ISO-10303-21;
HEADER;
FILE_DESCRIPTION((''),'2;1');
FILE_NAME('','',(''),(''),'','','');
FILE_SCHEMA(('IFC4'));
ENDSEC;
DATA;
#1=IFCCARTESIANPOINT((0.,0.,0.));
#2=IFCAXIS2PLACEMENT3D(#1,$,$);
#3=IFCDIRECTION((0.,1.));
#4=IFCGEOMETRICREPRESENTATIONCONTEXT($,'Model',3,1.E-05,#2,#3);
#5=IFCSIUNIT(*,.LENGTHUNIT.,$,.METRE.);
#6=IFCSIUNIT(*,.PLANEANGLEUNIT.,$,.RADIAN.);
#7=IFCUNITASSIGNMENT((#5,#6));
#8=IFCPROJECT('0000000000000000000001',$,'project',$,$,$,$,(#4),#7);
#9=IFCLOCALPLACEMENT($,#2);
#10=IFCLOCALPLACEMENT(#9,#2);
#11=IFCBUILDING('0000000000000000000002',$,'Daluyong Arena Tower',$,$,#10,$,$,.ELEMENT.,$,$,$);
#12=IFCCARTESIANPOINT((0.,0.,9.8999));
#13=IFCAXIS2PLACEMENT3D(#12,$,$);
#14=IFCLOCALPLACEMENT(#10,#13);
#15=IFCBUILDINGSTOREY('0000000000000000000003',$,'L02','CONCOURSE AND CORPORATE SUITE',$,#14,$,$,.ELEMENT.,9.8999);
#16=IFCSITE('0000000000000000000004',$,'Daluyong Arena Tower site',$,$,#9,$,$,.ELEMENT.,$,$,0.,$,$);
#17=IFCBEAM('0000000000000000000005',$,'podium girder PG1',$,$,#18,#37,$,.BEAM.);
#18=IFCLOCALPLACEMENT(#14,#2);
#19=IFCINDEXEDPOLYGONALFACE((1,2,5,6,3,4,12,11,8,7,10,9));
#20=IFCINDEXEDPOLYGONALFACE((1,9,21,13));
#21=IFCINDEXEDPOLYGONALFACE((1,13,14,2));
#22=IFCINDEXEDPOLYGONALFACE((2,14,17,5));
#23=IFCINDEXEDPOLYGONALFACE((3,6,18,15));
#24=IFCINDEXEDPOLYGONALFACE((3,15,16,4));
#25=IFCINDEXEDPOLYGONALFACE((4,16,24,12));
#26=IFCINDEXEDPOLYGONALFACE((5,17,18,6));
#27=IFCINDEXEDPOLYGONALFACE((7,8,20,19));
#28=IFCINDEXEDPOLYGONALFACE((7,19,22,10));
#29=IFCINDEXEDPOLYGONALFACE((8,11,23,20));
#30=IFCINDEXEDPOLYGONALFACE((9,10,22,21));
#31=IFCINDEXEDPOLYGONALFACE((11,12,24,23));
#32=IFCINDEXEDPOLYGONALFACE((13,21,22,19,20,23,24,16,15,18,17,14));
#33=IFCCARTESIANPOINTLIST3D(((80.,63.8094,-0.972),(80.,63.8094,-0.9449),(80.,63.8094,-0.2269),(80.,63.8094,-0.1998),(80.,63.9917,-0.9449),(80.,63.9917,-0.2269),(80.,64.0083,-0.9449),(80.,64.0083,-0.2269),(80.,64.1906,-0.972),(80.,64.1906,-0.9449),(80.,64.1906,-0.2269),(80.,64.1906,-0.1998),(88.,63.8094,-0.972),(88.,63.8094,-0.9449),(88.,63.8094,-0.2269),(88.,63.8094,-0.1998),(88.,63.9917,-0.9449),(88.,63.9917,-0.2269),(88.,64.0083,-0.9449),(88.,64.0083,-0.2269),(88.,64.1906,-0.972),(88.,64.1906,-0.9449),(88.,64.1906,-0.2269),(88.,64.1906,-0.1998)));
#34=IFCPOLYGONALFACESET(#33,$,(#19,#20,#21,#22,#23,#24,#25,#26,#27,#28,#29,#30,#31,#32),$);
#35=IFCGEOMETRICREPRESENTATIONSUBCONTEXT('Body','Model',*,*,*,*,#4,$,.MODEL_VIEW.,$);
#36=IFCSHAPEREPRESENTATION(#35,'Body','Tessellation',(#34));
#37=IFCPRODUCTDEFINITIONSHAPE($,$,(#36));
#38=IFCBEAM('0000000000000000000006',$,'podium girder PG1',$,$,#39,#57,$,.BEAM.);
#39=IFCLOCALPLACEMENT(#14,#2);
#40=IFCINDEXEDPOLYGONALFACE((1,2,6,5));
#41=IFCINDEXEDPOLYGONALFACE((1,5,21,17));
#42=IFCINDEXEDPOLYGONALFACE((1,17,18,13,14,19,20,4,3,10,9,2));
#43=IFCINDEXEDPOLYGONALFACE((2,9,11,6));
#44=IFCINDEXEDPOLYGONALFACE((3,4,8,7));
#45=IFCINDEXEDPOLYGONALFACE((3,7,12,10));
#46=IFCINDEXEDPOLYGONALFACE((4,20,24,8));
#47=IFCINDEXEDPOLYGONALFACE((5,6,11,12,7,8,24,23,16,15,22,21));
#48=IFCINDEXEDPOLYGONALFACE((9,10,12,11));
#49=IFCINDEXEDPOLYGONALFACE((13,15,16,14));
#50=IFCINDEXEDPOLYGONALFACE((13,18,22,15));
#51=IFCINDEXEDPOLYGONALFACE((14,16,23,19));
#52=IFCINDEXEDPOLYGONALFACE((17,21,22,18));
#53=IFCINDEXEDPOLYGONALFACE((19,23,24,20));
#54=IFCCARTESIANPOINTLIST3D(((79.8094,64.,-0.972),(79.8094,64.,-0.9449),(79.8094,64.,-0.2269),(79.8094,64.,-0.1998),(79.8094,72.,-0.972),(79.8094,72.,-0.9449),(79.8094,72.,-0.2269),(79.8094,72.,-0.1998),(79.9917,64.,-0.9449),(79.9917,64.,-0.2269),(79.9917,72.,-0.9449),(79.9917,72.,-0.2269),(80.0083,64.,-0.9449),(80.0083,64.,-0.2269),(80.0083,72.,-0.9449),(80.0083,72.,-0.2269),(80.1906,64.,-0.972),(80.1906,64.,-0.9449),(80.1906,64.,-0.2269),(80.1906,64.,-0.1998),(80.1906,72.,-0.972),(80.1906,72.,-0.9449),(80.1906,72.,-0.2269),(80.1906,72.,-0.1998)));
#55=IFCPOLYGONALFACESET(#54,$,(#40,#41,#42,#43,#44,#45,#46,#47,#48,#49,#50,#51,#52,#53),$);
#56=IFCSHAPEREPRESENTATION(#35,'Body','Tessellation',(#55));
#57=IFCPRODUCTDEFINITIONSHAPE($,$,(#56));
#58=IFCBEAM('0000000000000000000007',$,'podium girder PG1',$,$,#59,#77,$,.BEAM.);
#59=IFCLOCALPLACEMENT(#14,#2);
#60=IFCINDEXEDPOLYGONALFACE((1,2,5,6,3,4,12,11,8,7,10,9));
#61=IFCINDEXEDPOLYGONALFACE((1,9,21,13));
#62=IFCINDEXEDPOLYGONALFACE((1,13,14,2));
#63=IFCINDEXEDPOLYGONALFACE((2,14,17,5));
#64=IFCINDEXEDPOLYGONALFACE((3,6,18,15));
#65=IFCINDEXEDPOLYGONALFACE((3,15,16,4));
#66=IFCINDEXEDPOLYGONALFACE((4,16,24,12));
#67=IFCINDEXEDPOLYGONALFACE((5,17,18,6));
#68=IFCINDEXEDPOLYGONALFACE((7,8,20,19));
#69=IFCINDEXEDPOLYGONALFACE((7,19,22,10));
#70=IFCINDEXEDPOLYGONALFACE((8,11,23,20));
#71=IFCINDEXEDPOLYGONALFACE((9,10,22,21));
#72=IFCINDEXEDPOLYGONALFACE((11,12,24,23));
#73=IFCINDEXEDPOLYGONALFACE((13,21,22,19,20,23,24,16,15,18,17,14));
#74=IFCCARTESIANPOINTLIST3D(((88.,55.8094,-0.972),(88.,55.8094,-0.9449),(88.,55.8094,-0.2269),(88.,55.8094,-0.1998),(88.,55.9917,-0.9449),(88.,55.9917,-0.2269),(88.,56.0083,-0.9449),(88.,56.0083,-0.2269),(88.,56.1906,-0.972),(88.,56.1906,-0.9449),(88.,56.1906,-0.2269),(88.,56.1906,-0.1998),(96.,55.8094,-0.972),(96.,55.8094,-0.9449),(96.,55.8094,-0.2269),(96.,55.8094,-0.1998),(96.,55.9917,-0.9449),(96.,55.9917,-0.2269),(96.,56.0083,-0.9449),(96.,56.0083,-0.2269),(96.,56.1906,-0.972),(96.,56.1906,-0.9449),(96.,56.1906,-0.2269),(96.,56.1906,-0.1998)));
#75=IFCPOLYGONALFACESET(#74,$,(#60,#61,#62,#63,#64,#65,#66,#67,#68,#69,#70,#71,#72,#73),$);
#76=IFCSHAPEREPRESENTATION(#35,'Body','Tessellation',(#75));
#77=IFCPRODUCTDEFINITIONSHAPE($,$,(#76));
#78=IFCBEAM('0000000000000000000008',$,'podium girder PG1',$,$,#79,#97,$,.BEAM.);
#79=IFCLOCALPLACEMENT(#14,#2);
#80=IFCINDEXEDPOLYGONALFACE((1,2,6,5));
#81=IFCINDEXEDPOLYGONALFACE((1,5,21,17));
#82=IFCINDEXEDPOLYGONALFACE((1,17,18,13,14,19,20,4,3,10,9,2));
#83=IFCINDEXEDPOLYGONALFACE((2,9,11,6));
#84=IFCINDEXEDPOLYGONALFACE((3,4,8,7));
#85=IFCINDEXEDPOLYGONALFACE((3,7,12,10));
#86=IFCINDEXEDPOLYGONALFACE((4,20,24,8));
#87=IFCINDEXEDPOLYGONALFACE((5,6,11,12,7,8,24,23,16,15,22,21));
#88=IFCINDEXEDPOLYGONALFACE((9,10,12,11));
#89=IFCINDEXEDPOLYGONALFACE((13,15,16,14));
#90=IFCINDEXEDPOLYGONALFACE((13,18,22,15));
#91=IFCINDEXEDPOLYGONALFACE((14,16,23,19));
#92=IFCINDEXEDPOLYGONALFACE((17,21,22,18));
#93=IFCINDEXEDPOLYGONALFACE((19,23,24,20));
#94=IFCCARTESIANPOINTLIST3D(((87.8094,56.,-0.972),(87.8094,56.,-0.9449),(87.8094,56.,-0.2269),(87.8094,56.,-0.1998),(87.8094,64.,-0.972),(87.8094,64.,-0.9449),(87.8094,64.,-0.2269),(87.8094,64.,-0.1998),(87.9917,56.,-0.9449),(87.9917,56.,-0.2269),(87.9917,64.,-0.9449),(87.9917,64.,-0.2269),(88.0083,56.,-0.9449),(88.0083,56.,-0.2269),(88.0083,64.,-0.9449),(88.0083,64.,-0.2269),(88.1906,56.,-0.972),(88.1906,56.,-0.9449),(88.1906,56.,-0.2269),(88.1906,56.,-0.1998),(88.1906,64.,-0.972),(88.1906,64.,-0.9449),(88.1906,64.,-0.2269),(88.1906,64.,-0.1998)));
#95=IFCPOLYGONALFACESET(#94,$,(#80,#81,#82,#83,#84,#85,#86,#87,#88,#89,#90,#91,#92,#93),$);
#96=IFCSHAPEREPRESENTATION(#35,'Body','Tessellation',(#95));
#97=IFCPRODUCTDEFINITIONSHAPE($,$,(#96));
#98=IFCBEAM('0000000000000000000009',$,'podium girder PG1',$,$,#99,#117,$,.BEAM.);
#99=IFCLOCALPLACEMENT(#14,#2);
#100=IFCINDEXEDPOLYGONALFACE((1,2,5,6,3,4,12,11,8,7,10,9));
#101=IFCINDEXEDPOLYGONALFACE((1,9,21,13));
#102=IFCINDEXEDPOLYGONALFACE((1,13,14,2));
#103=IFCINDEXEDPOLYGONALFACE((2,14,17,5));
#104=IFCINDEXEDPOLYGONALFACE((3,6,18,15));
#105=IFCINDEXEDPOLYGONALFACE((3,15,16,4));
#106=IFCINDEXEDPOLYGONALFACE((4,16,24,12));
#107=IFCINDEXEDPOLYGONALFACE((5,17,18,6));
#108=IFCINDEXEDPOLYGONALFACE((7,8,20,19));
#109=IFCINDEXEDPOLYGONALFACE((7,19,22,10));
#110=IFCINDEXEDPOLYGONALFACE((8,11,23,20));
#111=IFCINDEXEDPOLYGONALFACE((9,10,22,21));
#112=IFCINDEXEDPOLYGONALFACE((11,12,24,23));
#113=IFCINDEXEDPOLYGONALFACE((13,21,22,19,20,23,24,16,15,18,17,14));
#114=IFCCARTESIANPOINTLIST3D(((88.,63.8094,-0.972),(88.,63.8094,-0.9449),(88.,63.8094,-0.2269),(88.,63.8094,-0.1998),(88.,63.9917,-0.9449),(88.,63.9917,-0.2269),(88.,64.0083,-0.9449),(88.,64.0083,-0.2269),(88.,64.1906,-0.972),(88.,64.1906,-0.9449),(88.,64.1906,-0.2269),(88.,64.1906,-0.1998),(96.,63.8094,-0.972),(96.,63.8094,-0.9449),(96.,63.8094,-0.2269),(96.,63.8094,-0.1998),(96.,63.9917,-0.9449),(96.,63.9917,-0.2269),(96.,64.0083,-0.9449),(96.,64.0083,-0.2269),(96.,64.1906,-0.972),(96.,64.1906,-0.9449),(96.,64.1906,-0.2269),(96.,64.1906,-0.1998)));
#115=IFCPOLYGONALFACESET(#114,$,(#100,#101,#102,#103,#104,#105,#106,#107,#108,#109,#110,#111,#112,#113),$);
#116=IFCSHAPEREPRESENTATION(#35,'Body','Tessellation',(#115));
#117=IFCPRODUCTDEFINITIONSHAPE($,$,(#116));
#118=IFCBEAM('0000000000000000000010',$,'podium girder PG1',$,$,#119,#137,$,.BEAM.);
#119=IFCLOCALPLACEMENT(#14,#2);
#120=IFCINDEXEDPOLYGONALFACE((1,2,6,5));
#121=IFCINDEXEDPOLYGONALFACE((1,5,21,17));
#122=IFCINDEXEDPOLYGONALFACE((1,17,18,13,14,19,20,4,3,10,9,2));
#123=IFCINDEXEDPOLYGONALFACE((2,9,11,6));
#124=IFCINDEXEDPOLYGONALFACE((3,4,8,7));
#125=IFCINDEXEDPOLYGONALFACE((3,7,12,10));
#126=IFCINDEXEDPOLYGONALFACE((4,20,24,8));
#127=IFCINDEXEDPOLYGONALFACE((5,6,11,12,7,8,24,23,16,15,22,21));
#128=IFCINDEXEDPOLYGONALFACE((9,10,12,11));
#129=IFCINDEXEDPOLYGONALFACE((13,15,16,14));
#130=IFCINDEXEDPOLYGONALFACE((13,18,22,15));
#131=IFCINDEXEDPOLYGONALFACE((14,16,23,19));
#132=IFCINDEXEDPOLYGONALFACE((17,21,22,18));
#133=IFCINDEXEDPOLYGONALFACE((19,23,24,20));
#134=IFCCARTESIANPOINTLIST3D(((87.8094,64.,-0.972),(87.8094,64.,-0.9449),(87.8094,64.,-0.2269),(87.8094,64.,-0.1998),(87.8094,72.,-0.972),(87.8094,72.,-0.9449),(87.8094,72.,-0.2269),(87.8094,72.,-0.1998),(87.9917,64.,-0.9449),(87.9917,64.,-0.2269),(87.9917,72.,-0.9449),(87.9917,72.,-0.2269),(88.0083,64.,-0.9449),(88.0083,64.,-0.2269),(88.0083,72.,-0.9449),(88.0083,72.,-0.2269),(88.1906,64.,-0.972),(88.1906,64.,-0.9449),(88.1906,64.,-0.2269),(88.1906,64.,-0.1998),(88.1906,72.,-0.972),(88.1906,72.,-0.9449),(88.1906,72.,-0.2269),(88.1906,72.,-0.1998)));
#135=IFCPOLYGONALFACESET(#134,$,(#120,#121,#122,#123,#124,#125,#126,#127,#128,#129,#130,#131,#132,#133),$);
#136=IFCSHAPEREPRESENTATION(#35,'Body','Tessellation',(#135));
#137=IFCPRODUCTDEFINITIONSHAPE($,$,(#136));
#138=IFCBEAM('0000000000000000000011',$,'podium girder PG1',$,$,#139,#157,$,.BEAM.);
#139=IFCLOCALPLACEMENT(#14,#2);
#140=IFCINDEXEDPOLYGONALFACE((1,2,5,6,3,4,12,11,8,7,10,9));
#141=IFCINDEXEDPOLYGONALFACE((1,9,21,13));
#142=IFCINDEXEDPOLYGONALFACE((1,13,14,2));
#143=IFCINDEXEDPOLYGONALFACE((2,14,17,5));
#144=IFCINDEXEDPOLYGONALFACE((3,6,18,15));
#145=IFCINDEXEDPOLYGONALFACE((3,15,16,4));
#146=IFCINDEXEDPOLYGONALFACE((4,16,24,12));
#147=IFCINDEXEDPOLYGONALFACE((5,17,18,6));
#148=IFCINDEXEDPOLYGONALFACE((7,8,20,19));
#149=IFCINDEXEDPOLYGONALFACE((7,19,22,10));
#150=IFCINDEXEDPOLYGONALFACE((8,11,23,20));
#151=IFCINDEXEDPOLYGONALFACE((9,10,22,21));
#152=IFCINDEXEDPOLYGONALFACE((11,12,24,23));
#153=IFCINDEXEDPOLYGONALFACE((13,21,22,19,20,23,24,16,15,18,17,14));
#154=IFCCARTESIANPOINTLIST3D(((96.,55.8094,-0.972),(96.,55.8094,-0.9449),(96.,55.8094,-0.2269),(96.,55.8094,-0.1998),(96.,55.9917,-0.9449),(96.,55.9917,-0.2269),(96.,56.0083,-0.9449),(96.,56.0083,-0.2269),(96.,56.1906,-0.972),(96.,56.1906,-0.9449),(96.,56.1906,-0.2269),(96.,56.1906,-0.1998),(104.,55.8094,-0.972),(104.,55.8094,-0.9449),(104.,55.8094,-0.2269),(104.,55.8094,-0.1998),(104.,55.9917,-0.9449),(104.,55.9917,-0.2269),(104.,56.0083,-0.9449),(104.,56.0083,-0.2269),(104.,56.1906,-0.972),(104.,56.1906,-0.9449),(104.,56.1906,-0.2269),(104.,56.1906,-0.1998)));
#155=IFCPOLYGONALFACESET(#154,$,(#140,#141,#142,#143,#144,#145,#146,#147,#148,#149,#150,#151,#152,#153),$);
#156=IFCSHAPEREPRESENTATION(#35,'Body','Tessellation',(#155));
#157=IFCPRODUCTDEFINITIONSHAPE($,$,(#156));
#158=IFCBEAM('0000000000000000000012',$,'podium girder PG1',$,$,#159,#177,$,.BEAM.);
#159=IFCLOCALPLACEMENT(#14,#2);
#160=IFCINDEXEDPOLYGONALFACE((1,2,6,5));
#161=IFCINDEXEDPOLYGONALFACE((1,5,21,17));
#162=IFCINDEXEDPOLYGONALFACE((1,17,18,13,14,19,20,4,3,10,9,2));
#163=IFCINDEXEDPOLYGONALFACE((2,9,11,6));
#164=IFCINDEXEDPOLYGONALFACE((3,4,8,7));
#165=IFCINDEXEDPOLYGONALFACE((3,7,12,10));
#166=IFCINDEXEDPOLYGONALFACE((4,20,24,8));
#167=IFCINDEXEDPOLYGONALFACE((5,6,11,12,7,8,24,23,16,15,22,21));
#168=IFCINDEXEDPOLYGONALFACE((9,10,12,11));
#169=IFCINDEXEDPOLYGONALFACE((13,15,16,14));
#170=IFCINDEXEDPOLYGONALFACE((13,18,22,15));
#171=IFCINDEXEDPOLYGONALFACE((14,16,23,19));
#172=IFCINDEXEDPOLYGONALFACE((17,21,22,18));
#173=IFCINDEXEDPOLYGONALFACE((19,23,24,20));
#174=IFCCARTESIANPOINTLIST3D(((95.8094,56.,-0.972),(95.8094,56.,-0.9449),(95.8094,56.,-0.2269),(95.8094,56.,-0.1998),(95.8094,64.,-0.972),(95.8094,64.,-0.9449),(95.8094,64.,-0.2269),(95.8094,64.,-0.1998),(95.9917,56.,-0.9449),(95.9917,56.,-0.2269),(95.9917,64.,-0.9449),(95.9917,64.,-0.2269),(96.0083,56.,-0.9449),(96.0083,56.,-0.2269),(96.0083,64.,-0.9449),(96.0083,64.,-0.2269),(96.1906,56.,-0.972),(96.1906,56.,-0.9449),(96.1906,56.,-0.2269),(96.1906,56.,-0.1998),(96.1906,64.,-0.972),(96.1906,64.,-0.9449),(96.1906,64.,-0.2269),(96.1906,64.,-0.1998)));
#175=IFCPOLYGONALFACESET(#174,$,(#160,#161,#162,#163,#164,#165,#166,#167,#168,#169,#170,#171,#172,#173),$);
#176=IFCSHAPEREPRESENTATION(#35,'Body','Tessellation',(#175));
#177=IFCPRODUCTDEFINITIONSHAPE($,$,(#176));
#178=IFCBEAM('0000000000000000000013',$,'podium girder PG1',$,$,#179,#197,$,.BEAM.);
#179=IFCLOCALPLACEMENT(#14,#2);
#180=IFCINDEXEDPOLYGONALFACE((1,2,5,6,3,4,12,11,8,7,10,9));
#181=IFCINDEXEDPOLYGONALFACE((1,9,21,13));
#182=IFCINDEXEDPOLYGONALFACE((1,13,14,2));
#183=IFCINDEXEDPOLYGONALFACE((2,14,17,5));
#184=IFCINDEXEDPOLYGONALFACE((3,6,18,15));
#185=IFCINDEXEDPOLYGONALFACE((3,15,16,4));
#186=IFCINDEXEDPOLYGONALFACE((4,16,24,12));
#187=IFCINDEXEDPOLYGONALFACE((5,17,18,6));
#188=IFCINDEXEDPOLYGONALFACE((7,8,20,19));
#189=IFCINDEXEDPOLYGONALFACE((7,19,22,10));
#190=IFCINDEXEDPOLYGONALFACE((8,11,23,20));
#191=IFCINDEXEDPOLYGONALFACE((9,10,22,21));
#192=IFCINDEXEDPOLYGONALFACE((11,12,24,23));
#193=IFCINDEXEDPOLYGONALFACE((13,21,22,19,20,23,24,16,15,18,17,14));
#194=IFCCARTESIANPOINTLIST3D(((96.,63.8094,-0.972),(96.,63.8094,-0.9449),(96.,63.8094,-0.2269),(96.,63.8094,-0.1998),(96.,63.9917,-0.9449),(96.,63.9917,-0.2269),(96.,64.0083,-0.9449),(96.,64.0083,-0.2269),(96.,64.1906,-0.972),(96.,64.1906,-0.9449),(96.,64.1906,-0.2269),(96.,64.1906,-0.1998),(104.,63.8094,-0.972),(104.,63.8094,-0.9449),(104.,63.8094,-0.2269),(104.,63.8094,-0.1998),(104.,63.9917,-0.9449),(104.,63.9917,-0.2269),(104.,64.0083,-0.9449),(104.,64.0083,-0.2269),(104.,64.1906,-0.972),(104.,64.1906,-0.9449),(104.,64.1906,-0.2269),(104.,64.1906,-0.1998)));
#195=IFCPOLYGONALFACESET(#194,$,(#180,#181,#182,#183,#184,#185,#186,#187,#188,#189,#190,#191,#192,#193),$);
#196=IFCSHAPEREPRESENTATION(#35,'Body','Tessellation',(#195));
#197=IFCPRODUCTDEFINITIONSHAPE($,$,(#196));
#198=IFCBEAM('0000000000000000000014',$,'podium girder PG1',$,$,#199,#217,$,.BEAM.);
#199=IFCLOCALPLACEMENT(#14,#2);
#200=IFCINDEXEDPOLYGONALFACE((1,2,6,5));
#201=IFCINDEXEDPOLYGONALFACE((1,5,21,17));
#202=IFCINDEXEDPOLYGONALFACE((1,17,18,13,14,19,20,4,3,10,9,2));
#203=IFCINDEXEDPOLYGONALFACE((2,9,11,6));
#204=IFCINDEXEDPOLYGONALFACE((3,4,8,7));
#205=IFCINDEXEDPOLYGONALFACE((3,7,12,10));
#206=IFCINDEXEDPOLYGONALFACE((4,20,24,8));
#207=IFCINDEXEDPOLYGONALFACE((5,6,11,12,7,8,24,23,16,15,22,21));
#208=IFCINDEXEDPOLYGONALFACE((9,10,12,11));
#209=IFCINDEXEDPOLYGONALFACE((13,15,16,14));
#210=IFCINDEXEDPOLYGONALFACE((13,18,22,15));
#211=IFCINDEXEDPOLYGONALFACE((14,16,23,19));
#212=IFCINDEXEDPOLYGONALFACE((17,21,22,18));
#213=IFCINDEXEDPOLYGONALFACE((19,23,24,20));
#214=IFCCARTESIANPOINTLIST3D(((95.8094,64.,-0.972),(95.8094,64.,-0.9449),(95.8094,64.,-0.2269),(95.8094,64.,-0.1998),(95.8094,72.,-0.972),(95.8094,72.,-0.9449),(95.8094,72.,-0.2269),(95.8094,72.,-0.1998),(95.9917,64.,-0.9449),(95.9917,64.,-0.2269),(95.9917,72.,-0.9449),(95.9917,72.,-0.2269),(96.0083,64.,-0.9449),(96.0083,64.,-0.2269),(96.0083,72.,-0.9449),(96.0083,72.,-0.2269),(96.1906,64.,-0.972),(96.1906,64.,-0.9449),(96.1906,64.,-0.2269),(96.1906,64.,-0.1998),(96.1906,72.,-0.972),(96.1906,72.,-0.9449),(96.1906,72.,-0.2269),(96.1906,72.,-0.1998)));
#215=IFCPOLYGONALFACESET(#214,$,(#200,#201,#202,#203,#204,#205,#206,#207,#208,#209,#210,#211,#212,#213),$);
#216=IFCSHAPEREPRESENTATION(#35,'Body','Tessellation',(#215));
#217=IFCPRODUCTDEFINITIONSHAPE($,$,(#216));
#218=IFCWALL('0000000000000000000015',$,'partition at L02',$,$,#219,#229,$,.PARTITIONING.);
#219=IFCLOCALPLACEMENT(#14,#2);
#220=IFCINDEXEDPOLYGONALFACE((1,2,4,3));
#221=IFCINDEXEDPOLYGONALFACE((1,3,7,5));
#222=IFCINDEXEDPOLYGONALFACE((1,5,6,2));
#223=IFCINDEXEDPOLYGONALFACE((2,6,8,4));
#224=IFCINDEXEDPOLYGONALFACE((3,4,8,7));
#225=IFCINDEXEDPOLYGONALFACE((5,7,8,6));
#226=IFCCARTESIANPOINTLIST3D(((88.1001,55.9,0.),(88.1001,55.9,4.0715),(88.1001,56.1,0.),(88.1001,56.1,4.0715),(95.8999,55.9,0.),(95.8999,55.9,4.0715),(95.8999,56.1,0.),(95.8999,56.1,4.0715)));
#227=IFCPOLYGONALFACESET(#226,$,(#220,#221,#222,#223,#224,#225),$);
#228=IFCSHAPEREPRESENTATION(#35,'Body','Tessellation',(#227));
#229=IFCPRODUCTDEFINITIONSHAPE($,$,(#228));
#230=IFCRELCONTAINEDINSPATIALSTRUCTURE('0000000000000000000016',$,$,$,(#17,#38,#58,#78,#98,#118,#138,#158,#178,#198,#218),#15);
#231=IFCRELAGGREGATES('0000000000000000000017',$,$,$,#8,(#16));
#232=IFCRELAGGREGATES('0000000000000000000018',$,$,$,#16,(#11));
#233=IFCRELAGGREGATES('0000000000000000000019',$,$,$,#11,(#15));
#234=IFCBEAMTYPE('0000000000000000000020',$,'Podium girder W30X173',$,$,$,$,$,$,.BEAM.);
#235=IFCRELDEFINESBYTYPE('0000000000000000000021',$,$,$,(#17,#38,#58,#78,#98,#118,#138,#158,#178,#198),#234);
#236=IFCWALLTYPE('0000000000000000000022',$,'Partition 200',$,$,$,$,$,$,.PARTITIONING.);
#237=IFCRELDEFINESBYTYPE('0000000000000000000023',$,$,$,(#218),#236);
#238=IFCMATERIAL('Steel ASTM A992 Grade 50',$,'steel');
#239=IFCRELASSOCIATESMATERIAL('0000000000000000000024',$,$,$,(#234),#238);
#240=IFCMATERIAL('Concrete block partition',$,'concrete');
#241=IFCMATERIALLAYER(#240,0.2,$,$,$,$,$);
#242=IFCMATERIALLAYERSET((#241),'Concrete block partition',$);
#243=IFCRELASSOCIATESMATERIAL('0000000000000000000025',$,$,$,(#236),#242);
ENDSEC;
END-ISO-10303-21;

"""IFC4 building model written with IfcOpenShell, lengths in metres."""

from ifc_helpers import new_model, si_unit, direction, frame, frame_2d, origin, origin_2d, place, context, subcontext, project, spatial, rectangle, i_section, extrude, material, layer, layer_set, material_profile, profile_set, type_object, element, save


model = new_model("IFC4")

# Units and contexts
model_context = context("Model", 3, precision=1e-05, world=origin(), true_north=direction((0.0, 1.0)))
body_context = subcontext(model_context, "Body", "Model", "MODEL_VIEW")
ifc_project = project(units=[si_unit("LENGTHUNIT", "METRE"), si_unit("PLANEANGLEUNIT", "RADIAN")], contexts=[model_context])

# Site, building, storey
site_placement = place(None, origin())
site = spatial("IfcSite", under=ifc_project, at=site_placement, Name="Daluyong Arena Tower site", CompositionType="ELEMENT", RefElevation=0.0)
building_placement = place(site_placement, origin())
building = spatial("IfcBuilding", under=site, at=building_placement, Name="Daluyong Arena Tower", CompositionType="ELEMENT")
storey_placement = place(building_placement, frame((0.0, 0.0, 9.8999)))
storey = spatial("IfcBuildingStorey", under=building, at=storey_placement, Name="L02", Description="CONCOURSE AND CORPORATE SUITE", CompositionType="ELEMENT", Elevation=9.8999)

# Beams
ifc_material_1 = material(Name="Steel ASTM A992 Grade 50", Category="steel")
ifc_material_profile_1 = material_profile(ifc_material_1, i_section(OverallWidth=0.3811, OverallDepth=0.7722, WebThickness=0.0166, FlangeThickness=0.0271, at=origin_2d()))
ifc_profile_set_1 = profile_set([ifc_material_profile_1], Name="Steel ASTM A992 Grade 50")
beam_type_1 = type_object("IfcBeamType", Name="Podium girder W30X173", PredefinedType="BEAM", material=ifc_profile_set_1)
for number, where, z_axis, x_axis, name in (
    (1, (80.0, 64.0, -0.5859), (1.0, 0.0, 0.0), (0.0, 1.0, 0.0), "podium girder PG1"),
    (2, (80.0, 64.0, -0.5859), (0.0, 1.0, 0.0), (-1.0, 0.0, 0.0), "podium girder PG1"),
    (3, (88.0, 56.0, -0.5859), (1.0, 0.0, 0.0), (0.0, 1.0, 0.0), "podium girder PG1"),
    (4, (88.0, 56.0, -0.5859), (0.0, 1.0, 0.0), (-1.0, 0.0, 0.0), "podium girder PG1"),
    (5, (88.0, 64.0, -0.5859), (1.0, 0.0, 0.0), (0.0, 1.0, 0.0), "podium girder PG1"),
    (6, (88.0, 64.0, -0.5859), (0.0, 1.0, 0.0), (-1.0, 0.0, 0.0), "podium girder PG1"),
    (7, (96.0, 56.0, -0.5859), (1.0, 0.0, 0.0), (0.0, 1.0, 0.0), "podium girder PG1"),
    (8, (96.0, 56.0, -0.5859), (0.0, 1.0, 0.0), (-1.0, 0.0, 0.0), "podium girder PG1"),
    (9, (96.0, 64.0, -0.5859), (1.0, 0.0, 0.0), (0.0, 1.0, 0.0), "podium girder PG1"),
    (10, (96.0, 64.0, -0.5859), (0.0, 1.0, 0.0), (-1.0, 0.0, 0.0), "podium girder PG1"),
):
    element("IfcBeam", number, at=place(storey_placement, frame(where, z_axis=z_axis, x_axis=x_axis)), inside=storey, type_object=beam_type_1, Name=name, PredefinedType="BEAM", context=body_context, shape_type="SweptSolid", body=[
        extrude(i_section(OverallWidth=0.3811, OverallDepth=0.7722, WebThickness=0.0166, FlangeThickness=0.0271, at=origin_2d()), origin(), (0.0, 0.0, 1.0), 8.0),
    ])

# Wall
ifc_material_2 = material(Name="Concrete block partition", Category="concrete")
ifc_layer = layer(ifc_material_2, 0.2)
ifc_layer_set = layer_set([ifc_layer], Name="Concrete block partition")
wall_type = type_object("IfcWallType", Name="Partition 200", PredefinedType="PARTITIONING", material=ifc_layer_set)
wall_1_placement = place(storey_placement, frame((88.1001, 56.0, 0.0), z_axis=(0.0, 0.0, 1.0), x_axis=(1.0, 0.0, 0.0)))
element("IfcWall", 11, at=wall_1_placement, inside=storey, type_object=wall_type, Name="partition at L02", PredefinedType="PARTITIONING", context=body_context, shape_type="SweptSolid", body=[
    extrude(rectangle(XDim=7.7998, YDim=0.2, at=frame_2d((3.8999, 0.0))), origin(), (0.0, 0.0, 1.0), 4.0715),
])

save(model, "model.ifc")
